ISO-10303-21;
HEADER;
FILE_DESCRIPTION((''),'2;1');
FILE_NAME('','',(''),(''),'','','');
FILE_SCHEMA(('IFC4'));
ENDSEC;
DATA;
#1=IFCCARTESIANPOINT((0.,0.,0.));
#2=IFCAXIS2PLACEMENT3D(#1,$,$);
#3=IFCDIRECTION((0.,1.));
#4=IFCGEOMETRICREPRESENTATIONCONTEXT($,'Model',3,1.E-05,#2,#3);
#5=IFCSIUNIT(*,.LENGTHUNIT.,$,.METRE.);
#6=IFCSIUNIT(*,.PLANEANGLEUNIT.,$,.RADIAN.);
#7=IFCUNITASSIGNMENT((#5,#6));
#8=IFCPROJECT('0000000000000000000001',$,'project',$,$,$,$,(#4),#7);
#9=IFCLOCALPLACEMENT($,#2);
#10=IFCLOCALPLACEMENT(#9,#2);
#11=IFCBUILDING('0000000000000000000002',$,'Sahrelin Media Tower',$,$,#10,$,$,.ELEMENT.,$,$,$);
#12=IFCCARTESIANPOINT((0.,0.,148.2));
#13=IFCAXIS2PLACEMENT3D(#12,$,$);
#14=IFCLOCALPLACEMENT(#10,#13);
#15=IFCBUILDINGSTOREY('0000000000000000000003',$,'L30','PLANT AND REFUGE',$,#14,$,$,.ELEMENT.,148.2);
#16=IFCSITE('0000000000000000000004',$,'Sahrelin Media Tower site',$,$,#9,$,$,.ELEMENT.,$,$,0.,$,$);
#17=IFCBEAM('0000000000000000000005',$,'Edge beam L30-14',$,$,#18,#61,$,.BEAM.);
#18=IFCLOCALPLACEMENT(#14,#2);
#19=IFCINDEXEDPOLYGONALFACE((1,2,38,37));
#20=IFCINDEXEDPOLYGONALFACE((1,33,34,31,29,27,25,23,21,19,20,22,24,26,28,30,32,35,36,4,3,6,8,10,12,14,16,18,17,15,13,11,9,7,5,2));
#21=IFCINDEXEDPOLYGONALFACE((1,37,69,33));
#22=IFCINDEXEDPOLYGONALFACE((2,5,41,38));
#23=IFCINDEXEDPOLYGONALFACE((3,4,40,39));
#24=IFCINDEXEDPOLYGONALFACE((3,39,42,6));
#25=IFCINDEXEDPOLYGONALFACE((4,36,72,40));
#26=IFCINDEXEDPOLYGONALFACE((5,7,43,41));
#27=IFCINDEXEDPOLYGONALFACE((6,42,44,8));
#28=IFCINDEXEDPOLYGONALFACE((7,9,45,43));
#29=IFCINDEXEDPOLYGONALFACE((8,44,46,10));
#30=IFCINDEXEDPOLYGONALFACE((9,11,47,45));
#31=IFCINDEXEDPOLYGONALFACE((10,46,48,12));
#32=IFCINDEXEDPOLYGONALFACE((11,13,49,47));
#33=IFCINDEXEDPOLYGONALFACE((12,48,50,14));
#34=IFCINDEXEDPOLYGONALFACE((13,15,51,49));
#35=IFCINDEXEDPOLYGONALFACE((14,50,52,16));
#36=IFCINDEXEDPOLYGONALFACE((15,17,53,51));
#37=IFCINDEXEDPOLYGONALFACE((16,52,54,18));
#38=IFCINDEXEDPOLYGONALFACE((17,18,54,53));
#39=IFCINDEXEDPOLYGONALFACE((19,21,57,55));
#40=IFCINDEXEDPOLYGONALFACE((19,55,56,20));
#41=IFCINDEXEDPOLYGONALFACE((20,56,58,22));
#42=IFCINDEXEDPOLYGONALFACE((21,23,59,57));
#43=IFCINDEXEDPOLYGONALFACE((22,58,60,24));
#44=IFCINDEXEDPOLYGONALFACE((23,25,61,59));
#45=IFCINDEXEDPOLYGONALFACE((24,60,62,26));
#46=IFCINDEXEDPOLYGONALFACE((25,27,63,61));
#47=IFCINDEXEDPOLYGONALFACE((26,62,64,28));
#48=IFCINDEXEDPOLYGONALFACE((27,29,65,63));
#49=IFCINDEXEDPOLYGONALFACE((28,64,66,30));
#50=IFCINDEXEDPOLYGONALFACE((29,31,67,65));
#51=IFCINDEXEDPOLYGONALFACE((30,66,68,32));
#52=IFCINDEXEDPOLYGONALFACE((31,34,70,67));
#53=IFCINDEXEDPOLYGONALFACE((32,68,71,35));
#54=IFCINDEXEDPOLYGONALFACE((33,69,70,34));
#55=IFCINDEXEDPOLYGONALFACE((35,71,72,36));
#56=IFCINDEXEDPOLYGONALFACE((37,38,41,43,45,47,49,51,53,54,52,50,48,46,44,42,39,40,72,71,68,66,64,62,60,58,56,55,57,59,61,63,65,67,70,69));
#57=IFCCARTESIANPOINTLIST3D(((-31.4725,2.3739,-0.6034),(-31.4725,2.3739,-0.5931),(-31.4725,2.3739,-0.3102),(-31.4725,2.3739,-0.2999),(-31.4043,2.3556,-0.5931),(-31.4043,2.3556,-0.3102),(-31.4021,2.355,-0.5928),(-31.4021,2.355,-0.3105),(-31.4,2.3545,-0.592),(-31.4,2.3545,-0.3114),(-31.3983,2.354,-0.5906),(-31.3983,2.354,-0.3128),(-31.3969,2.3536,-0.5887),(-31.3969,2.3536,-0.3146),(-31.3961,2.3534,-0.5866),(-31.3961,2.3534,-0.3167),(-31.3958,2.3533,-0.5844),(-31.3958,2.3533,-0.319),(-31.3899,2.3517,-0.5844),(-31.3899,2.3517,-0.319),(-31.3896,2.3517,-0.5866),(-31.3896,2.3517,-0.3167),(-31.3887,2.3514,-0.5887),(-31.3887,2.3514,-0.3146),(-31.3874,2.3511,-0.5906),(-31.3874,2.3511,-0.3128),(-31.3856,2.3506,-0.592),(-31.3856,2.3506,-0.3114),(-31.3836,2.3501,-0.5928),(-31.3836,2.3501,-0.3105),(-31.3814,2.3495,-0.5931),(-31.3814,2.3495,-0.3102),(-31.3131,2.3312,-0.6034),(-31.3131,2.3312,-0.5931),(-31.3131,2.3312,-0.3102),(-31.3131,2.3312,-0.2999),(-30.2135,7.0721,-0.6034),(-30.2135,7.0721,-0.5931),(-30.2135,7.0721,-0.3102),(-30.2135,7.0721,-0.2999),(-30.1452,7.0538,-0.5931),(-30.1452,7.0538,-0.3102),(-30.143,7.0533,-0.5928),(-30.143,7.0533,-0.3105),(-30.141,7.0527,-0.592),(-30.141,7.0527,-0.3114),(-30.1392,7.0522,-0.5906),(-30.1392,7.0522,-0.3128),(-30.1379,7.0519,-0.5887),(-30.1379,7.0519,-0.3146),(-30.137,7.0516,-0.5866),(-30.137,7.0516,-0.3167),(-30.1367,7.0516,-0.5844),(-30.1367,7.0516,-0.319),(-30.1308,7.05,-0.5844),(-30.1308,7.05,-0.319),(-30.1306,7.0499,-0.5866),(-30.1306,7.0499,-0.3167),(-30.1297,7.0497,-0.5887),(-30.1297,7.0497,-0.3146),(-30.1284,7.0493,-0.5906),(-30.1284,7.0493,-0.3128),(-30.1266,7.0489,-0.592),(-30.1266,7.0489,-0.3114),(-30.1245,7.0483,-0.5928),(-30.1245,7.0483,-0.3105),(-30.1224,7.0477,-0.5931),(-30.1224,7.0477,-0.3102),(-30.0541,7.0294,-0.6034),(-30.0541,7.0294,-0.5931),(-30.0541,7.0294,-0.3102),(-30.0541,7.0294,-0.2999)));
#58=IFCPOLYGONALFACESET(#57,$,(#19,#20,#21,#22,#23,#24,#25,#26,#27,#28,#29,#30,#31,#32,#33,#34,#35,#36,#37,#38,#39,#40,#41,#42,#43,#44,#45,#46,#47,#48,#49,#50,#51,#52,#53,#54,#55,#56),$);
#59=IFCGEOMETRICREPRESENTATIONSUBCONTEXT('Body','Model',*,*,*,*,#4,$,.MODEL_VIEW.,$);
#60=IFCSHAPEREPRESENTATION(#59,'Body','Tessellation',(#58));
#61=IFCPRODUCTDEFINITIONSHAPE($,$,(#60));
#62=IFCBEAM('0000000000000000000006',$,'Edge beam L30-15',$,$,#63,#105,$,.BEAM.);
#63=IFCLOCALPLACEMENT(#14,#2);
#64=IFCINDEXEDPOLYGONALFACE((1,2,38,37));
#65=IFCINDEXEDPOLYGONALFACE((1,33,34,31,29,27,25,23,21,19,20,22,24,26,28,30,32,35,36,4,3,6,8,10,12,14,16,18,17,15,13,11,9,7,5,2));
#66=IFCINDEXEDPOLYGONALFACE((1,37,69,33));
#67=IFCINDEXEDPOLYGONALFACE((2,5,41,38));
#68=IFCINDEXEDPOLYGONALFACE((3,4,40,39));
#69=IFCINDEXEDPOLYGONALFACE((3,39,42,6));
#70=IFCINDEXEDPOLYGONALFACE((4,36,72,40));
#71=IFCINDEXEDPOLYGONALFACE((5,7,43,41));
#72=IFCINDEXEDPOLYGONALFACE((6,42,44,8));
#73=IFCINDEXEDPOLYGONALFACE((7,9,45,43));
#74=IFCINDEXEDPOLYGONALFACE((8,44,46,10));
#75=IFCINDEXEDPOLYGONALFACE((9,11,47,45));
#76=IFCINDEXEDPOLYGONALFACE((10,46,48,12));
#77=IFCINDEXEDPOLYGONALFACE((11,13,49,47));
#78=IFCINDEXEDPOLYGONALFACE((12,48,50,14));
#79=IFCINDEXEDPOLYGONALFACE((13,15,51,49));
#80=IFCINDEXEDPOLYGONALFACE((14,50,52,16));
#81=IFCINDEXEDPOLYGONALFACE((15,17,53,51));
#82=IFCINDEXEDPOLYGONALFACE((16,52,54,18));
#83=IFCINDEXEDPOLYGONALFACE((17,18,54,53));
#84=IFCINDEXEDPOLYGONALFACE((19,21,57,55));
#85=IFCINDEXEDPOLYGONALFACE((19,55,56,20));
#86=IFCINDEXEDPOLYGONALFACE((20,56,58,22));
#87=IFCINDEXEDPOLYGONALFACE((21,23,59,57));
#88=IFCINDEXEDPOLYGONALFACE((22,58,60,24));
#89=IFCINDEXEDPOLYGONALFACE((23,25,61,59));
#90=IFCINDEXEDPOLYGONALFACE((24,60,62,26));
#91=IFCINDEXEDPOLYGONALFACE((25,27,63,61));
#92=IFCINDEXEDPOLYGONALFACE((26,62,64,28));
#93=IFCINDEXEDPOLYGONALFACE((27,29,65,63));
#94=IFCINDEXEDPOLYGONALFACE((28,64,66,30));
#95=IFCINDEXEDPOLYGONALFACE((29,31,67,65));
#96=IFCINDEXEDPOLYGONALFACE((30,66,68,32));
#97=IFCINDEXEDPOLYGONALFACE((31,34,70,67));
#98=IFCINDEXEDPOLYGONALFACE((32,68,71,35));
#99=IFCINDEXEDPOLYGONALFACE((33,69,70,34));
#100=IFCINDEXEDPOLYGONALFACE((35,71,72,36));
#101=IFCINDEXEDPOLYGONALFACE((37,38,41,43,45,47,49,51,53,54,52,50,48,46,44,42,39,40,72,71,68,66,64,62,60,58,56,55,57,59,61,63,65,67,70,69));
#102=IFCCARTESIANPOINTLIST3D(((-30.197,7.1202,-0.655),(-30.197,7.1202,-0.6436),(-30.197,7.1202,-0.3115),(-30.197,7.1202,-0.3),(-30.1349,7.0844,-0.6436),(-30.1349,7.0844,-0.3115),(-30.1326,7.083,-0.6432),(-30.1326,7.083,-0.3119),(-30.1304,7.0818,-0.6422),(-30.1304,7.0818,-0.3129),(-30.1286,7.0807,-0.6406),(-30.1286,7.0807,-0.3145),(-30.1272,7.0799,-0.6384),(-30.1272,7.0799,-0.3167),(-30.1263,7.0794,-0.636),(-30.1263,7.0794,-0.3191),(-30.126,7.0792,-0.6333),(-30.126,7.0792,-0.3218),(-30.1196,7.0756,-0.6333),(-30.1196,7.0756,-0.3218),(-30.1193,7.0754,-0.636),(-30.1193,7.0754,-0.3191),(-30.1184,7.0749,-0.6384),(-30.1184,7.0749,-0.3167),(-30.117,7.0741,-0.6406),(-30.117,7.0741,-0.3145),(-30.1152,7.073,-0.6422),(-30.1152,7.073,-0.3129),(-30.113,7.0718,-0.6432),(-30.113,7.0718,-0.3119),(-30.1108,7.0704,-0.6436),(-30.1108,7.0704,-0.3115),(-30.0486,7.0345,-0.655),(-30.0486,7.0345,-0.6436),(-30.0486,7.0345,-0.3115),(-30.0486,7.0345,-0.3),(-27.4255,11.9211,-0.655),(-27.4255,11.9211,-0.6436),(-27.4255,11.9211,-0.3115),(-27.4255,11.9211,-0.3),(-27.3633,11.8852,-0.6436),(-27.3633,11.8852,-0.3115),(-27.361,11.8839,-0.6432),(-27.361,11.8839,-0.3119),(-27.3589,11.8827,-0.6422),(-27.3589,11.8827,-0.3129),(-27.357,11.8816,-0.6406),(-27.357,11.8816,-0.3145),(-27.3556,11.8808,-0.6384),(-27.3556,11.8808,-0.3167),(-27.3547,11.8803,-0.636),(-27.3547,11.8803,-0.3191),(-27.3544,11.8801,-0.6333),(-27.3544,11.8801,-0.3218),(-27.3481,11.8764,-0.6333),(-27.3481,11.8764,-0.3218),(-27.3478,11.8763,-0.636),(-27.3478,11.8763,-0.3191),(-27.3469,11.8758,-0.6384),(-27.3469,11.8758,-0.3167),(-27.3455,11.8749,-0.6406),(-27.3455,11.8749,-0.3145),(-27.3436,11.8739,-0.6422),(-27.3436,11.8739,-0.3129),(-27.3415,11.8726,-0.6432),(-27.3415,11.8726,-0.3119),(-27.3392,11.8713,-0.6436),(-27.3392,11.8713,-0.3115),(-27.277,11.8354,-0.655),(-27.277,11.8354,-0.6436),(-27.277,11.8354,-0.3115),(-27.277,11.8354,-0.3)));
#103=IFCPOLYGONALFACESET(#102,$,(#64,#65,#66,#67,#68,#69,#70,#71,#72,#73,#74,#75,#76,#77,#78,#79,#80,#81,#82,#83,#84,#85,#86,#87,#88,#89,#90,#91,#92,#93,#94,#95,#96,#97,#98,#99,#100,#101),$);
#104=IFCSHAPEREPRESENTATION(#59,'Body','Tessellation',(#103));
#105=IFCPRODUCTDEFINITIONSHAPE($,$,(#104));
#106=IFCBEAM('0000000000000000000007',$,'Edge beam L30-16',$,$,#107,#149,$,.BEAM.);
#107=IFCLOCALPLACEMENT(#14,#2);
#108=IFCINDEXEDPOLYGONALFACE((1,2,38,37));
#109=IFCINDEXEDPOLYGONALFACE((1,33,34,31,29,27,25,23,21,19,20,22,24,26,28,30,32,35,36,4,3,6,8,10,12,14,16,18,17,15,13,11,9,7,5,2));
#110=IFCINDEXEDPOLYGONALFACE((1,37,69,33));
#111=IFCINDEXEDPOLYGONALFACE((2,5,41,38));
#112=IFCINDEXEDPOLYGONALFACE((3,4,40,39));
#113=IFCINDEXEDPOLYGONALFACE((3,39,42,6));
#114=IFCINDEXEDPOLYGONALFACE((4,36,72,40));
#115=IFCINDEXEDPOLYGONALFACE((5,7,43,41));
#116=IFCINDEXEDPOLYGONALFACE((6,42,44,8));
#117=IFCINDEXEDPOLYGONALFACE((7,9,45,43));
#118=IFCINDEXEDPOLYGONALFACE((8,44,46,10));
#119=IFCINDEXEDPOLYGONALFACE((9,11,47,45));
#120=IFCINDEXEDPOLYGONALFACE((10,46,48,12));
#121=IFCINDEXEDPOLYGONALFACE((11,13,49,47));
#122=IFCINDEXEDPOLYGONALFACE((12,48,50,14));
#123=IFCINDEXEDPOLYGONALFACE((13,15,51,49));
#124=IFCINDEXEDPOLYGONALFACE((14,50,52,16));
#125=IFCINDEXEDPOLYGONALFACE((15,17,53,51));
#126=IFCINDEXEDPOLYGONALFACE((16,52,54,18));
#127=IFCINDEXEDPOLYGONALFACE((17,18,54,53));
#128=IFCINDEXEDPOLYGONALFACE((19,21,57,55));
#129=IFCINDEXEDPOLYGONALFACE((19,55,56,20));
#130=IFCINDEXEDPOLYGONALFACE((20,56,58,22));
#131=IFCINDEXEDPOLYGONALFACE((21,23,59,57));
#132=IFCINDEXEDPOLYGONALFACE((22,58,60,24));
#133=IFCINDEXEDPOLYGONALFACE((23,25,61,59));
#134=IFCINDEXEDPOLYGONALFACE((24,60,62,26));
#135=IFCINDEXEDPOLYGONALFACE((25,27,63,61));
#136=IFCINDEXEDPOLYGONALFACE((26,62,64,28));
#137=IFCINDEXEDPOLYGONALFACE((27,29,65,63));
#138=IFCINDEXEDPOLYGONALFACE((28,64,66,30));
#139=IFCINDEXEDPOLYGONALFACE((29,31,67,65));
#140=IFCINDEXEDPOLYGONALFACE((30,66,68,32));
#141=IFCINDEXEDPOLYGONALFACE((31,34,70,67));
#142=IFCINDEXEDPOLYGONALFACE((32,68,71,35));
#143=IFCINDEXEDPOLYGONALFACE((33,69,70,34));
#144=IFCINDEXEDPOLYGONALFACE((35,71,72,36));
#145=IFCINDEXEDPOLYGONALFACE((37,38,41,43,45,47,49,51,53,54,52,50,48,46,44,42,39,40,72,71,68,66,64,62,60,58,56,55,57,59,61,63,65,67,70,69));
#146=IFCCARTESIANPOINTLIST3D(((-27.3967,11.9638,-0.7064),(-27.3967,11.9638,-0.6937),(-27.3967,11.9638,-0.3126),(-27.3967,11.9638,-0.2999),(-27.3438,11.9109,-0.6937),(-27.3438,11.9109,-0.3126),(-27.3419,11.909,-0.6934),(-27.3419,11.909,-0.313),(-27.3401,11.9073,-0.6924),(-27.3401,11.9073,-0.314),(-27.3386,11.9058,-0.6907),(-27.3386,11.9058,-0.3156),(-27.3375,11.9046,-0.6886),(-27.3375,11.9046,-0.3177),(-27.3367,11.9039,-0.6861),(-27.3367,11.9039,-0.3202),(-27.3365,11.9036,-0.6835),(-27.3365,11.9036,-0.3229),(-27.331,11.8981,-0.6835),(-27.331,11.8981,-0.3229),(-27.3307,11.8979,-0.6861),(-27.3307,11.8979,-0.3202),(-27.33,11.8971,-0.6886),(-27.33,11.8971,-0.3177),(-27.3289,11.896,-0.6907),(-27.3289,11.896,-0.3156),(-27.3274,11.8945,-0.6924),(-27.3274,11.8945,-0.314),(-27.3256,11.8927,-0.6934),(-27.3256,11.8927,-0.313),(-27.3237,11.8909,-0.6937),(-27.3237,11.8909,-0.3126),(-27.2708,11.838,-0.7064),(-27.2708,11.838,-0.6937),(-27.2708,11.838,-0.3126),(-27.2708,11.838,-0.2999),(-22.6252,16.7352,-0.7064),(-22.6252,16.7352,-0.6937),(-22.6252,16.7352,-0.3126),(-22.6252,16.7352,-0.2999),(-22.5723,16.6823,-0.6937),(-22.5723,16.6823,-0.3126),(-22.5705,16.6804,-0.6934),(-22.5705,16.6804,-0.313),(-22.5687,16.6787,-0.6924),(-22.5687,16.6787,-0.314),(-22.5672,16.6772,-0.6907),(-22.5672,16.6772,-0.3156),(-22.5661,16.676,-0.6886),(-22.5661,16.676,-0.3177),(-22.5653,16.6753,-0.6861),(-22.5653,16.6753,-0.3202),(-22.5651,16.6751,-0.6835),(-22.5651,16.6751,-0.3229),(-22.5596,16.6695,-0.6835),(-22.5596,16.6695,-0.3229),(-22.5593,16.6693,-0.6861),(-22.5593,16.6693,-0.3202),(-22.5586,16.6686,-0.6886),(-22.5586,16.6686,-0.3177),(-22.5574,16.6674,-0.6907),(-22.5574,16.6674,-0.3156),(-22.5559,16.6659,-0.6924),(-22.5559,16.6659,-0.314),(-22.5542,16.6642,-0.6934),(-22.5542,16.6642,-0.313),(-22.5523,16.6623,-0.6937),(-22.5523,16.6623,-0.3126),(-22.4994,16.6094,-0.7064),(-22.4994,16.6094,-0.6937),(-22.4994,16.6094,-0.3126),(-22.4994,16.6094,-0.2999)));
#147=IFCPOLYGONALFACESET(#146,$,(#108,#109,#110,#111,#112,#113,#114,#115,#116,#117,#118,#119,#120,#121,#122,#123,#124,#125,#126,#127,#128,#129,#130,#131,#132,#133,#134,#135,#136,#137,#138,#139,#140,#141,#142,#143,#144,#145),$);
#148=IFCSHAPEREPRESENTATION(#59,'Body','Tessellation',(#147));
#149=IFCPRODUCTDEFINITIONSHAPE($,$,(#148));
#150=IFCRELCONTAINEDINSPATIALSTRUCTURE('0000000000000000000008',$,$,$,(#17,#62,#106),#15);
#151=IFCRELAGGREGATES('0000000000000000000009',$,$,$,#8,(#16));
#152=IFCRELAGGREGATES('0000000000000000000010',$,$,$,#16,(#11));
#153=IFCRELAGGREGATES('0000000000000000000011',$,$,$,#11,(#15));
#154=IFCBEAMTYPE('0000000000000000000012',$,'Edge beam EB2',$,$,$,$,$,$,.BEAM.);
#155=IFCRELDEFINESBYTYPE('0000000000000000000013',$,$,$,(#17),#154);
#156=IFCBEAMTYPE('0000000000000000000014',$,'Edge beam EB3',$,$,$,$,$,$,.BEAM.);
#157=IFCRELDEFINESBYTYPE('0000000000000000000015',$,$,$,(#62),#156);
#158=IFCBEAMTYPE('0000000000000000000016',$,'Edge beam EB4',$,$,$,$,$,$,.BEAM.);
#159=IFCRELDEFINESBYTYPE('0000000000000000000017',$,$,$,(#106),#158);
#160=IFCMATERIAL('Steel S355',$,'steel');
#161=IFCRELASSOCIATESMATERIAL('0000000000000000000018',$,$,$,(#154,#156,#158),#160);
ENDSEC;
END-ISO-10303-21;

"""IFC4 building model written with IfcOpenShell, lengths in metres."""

from ifc_helpers import new_model, si_unit, direction, frame, origin, origin_2d, place, context, subcontext, project, spatial, i_section, extrude, material, material_profile, profile_set, type_object, element, save


model = new_model("IFC4")

# Units and contexts
model_context = context("Model", 3, precision=1e-05, world=origin(), true_north=direction((0.0, 1.0)))
body_context = subcontext(model_context, "Body", "Model", "MODEL_VIEW")
ifc_project = project(units=[si_unit("LENGTHUNIT", "METRE"), si_unit("PLANEANGLEUNIT", "RADIAN")], contexts=[model_context])

# Site, building, storey
site_placement = place(None, origin())
site = spatial("IfcSite", under=ifc_project, at=site_placement, Name="Sahrelin Media Tower site", CompositionType="ELEMENT", RefElevation=0.0)
building_placement = place(site_placement, origin())
building = spatial("IfcBuilding", under=site, at=building_placement, Name="Sahrelin Media Tower", CompositionType="ELEMENT")
storey_placement = place(building_placement, frame((0.0, 0.0, 148.2)))
storey = spatial("IfcBuildingStorey", under=building, at=storey_placement, Name="L30", Description="PLANT AND REFUGE", CompositionType="ELEMENT", Elevation=148.2)

# Beams
ifc_material_1 = material(Name="Steel S355", Category="steel")
ifc_material_profile_1 = material_profile(ifc_material_1, i_section(OverallWidth=0.165, OverallDepth=0.3035, WebThickness=0.0061, FlangeThickness=0.0103, FilletRadius=0.0088, at=origin_2d()), Name="UB 305x165x40")
ifc_profile_set_1 = profile_set([ifc_material_profile_1], Name="Steel S355")
beam_type_1 = type_object("IfcBeamType", Name="Edge beam EB2", PredefinedType="BEAM", material=ifc_profile_set_1)
beam_1_placement = place(storey_placement, frame((-31.3928, 2.3525, -0.4517), z_axis=(0.258846, 0.965918, 0.0), x_axis=(-0.965918, 0.258846, 0.0)))
element("IfcBeam", 1, at=beam_1_placement, inside=storey, type_object=beam_type_1, Name="Edge beam L30-14", PredefinedType="BEAM", context=body_context, shape_type="SweptSolid", body=[
    extrude(i_section(OverallWidth=0.165, OverallDepth=0.3035, WebThickness=0.0061, FlangeThickness=0.0103, FilletRadius=0.0088, at=origin_2d()), origin(), (0.0, 0.0, 1.0), 4.864),
])
ifc_material_profile_2 = material_profile(ifc_material_1, i_section(OverallWidth=0.1714, OverallDepth=0.355, WebThickness=0.0073, FlangeThickness=0.0115, FilletRadius=0.0103, at=origin_2d()), Name="UB 356x171x51")
ifc_profile_set_2 = profile_set([ifc_material_profile_2], Name="Steel S355")
beam_type_2 = type_object("IfcBeamType", Name="Edge beam EB3", PredefinedType="BEAM", material=ifc_profile_set_2)
beam_2_placement = place(storey_placement, frame((-30.1228, 7.0774, -0.4775), z_axis=(0.499966, 0.866045, 0.0), x_axis=(-0.866045, 0.499966, 0.0)))
element("IfcBeam", 2, at=beam_2_placement, inside=storey, type_object=beam_type_2, Name="Edge beam L30-15", PredefinedType="BEAM", context=body_context, shape_type="SweptSolid", body=[
    extrude(i_section(OverallWidth=0.1714, OverallDepth=0.355, WebThickness=0.0073, FlangeThickness=0.0115, FilletRadius=0.0103, at=origin_2d()), origin(), (0.0, 0.0, 1.0), 5.5435),
])
ifc_material_profile_3 = material_profile(ifc_material_1, i_section(OverallWidth=0.178, OverallDepth=0.4065, WebThickness=0.0078, FlangeThickness=0.0127, FilletRadius=0.0103, at=origin_2d()), Name="UB 406x178x60")
ifc_profile_set_3 = profile_set([ifc_material_profile_3], Name="Steel S355")
beam_type_3 = type_object("IfcBeamType", Name="Edge beam EB4", PredefinedType="BEAM", material=ifc_profile_set_3)
beam_3_placement = place(storey_placement, frame((-27.3337, 11.9009, -0.5032), z_axis=(0.707107, 0.707107, 0.0), x_axis=(-0.707107, 0.707107, 0.0)))
element("IfcBeam", 3, at=beam_3_placement, inside=storey, type_object=beam_type_3, Name="Edge beam L30-16", PredefinedType="BEAM", context=body_context, shape_type="SweptSolid", body=[
    extrude(i_section(OverallWidth=0.178, OverallDepth=0.4065, WebThickness=0.0078, FlangeThickness=0.0127, FilletRadius=0.0103, at=origin_2d()), origin(), (0.0, 0.0, 1.0), 6.7478),
])

save(model, "model.ifc")
